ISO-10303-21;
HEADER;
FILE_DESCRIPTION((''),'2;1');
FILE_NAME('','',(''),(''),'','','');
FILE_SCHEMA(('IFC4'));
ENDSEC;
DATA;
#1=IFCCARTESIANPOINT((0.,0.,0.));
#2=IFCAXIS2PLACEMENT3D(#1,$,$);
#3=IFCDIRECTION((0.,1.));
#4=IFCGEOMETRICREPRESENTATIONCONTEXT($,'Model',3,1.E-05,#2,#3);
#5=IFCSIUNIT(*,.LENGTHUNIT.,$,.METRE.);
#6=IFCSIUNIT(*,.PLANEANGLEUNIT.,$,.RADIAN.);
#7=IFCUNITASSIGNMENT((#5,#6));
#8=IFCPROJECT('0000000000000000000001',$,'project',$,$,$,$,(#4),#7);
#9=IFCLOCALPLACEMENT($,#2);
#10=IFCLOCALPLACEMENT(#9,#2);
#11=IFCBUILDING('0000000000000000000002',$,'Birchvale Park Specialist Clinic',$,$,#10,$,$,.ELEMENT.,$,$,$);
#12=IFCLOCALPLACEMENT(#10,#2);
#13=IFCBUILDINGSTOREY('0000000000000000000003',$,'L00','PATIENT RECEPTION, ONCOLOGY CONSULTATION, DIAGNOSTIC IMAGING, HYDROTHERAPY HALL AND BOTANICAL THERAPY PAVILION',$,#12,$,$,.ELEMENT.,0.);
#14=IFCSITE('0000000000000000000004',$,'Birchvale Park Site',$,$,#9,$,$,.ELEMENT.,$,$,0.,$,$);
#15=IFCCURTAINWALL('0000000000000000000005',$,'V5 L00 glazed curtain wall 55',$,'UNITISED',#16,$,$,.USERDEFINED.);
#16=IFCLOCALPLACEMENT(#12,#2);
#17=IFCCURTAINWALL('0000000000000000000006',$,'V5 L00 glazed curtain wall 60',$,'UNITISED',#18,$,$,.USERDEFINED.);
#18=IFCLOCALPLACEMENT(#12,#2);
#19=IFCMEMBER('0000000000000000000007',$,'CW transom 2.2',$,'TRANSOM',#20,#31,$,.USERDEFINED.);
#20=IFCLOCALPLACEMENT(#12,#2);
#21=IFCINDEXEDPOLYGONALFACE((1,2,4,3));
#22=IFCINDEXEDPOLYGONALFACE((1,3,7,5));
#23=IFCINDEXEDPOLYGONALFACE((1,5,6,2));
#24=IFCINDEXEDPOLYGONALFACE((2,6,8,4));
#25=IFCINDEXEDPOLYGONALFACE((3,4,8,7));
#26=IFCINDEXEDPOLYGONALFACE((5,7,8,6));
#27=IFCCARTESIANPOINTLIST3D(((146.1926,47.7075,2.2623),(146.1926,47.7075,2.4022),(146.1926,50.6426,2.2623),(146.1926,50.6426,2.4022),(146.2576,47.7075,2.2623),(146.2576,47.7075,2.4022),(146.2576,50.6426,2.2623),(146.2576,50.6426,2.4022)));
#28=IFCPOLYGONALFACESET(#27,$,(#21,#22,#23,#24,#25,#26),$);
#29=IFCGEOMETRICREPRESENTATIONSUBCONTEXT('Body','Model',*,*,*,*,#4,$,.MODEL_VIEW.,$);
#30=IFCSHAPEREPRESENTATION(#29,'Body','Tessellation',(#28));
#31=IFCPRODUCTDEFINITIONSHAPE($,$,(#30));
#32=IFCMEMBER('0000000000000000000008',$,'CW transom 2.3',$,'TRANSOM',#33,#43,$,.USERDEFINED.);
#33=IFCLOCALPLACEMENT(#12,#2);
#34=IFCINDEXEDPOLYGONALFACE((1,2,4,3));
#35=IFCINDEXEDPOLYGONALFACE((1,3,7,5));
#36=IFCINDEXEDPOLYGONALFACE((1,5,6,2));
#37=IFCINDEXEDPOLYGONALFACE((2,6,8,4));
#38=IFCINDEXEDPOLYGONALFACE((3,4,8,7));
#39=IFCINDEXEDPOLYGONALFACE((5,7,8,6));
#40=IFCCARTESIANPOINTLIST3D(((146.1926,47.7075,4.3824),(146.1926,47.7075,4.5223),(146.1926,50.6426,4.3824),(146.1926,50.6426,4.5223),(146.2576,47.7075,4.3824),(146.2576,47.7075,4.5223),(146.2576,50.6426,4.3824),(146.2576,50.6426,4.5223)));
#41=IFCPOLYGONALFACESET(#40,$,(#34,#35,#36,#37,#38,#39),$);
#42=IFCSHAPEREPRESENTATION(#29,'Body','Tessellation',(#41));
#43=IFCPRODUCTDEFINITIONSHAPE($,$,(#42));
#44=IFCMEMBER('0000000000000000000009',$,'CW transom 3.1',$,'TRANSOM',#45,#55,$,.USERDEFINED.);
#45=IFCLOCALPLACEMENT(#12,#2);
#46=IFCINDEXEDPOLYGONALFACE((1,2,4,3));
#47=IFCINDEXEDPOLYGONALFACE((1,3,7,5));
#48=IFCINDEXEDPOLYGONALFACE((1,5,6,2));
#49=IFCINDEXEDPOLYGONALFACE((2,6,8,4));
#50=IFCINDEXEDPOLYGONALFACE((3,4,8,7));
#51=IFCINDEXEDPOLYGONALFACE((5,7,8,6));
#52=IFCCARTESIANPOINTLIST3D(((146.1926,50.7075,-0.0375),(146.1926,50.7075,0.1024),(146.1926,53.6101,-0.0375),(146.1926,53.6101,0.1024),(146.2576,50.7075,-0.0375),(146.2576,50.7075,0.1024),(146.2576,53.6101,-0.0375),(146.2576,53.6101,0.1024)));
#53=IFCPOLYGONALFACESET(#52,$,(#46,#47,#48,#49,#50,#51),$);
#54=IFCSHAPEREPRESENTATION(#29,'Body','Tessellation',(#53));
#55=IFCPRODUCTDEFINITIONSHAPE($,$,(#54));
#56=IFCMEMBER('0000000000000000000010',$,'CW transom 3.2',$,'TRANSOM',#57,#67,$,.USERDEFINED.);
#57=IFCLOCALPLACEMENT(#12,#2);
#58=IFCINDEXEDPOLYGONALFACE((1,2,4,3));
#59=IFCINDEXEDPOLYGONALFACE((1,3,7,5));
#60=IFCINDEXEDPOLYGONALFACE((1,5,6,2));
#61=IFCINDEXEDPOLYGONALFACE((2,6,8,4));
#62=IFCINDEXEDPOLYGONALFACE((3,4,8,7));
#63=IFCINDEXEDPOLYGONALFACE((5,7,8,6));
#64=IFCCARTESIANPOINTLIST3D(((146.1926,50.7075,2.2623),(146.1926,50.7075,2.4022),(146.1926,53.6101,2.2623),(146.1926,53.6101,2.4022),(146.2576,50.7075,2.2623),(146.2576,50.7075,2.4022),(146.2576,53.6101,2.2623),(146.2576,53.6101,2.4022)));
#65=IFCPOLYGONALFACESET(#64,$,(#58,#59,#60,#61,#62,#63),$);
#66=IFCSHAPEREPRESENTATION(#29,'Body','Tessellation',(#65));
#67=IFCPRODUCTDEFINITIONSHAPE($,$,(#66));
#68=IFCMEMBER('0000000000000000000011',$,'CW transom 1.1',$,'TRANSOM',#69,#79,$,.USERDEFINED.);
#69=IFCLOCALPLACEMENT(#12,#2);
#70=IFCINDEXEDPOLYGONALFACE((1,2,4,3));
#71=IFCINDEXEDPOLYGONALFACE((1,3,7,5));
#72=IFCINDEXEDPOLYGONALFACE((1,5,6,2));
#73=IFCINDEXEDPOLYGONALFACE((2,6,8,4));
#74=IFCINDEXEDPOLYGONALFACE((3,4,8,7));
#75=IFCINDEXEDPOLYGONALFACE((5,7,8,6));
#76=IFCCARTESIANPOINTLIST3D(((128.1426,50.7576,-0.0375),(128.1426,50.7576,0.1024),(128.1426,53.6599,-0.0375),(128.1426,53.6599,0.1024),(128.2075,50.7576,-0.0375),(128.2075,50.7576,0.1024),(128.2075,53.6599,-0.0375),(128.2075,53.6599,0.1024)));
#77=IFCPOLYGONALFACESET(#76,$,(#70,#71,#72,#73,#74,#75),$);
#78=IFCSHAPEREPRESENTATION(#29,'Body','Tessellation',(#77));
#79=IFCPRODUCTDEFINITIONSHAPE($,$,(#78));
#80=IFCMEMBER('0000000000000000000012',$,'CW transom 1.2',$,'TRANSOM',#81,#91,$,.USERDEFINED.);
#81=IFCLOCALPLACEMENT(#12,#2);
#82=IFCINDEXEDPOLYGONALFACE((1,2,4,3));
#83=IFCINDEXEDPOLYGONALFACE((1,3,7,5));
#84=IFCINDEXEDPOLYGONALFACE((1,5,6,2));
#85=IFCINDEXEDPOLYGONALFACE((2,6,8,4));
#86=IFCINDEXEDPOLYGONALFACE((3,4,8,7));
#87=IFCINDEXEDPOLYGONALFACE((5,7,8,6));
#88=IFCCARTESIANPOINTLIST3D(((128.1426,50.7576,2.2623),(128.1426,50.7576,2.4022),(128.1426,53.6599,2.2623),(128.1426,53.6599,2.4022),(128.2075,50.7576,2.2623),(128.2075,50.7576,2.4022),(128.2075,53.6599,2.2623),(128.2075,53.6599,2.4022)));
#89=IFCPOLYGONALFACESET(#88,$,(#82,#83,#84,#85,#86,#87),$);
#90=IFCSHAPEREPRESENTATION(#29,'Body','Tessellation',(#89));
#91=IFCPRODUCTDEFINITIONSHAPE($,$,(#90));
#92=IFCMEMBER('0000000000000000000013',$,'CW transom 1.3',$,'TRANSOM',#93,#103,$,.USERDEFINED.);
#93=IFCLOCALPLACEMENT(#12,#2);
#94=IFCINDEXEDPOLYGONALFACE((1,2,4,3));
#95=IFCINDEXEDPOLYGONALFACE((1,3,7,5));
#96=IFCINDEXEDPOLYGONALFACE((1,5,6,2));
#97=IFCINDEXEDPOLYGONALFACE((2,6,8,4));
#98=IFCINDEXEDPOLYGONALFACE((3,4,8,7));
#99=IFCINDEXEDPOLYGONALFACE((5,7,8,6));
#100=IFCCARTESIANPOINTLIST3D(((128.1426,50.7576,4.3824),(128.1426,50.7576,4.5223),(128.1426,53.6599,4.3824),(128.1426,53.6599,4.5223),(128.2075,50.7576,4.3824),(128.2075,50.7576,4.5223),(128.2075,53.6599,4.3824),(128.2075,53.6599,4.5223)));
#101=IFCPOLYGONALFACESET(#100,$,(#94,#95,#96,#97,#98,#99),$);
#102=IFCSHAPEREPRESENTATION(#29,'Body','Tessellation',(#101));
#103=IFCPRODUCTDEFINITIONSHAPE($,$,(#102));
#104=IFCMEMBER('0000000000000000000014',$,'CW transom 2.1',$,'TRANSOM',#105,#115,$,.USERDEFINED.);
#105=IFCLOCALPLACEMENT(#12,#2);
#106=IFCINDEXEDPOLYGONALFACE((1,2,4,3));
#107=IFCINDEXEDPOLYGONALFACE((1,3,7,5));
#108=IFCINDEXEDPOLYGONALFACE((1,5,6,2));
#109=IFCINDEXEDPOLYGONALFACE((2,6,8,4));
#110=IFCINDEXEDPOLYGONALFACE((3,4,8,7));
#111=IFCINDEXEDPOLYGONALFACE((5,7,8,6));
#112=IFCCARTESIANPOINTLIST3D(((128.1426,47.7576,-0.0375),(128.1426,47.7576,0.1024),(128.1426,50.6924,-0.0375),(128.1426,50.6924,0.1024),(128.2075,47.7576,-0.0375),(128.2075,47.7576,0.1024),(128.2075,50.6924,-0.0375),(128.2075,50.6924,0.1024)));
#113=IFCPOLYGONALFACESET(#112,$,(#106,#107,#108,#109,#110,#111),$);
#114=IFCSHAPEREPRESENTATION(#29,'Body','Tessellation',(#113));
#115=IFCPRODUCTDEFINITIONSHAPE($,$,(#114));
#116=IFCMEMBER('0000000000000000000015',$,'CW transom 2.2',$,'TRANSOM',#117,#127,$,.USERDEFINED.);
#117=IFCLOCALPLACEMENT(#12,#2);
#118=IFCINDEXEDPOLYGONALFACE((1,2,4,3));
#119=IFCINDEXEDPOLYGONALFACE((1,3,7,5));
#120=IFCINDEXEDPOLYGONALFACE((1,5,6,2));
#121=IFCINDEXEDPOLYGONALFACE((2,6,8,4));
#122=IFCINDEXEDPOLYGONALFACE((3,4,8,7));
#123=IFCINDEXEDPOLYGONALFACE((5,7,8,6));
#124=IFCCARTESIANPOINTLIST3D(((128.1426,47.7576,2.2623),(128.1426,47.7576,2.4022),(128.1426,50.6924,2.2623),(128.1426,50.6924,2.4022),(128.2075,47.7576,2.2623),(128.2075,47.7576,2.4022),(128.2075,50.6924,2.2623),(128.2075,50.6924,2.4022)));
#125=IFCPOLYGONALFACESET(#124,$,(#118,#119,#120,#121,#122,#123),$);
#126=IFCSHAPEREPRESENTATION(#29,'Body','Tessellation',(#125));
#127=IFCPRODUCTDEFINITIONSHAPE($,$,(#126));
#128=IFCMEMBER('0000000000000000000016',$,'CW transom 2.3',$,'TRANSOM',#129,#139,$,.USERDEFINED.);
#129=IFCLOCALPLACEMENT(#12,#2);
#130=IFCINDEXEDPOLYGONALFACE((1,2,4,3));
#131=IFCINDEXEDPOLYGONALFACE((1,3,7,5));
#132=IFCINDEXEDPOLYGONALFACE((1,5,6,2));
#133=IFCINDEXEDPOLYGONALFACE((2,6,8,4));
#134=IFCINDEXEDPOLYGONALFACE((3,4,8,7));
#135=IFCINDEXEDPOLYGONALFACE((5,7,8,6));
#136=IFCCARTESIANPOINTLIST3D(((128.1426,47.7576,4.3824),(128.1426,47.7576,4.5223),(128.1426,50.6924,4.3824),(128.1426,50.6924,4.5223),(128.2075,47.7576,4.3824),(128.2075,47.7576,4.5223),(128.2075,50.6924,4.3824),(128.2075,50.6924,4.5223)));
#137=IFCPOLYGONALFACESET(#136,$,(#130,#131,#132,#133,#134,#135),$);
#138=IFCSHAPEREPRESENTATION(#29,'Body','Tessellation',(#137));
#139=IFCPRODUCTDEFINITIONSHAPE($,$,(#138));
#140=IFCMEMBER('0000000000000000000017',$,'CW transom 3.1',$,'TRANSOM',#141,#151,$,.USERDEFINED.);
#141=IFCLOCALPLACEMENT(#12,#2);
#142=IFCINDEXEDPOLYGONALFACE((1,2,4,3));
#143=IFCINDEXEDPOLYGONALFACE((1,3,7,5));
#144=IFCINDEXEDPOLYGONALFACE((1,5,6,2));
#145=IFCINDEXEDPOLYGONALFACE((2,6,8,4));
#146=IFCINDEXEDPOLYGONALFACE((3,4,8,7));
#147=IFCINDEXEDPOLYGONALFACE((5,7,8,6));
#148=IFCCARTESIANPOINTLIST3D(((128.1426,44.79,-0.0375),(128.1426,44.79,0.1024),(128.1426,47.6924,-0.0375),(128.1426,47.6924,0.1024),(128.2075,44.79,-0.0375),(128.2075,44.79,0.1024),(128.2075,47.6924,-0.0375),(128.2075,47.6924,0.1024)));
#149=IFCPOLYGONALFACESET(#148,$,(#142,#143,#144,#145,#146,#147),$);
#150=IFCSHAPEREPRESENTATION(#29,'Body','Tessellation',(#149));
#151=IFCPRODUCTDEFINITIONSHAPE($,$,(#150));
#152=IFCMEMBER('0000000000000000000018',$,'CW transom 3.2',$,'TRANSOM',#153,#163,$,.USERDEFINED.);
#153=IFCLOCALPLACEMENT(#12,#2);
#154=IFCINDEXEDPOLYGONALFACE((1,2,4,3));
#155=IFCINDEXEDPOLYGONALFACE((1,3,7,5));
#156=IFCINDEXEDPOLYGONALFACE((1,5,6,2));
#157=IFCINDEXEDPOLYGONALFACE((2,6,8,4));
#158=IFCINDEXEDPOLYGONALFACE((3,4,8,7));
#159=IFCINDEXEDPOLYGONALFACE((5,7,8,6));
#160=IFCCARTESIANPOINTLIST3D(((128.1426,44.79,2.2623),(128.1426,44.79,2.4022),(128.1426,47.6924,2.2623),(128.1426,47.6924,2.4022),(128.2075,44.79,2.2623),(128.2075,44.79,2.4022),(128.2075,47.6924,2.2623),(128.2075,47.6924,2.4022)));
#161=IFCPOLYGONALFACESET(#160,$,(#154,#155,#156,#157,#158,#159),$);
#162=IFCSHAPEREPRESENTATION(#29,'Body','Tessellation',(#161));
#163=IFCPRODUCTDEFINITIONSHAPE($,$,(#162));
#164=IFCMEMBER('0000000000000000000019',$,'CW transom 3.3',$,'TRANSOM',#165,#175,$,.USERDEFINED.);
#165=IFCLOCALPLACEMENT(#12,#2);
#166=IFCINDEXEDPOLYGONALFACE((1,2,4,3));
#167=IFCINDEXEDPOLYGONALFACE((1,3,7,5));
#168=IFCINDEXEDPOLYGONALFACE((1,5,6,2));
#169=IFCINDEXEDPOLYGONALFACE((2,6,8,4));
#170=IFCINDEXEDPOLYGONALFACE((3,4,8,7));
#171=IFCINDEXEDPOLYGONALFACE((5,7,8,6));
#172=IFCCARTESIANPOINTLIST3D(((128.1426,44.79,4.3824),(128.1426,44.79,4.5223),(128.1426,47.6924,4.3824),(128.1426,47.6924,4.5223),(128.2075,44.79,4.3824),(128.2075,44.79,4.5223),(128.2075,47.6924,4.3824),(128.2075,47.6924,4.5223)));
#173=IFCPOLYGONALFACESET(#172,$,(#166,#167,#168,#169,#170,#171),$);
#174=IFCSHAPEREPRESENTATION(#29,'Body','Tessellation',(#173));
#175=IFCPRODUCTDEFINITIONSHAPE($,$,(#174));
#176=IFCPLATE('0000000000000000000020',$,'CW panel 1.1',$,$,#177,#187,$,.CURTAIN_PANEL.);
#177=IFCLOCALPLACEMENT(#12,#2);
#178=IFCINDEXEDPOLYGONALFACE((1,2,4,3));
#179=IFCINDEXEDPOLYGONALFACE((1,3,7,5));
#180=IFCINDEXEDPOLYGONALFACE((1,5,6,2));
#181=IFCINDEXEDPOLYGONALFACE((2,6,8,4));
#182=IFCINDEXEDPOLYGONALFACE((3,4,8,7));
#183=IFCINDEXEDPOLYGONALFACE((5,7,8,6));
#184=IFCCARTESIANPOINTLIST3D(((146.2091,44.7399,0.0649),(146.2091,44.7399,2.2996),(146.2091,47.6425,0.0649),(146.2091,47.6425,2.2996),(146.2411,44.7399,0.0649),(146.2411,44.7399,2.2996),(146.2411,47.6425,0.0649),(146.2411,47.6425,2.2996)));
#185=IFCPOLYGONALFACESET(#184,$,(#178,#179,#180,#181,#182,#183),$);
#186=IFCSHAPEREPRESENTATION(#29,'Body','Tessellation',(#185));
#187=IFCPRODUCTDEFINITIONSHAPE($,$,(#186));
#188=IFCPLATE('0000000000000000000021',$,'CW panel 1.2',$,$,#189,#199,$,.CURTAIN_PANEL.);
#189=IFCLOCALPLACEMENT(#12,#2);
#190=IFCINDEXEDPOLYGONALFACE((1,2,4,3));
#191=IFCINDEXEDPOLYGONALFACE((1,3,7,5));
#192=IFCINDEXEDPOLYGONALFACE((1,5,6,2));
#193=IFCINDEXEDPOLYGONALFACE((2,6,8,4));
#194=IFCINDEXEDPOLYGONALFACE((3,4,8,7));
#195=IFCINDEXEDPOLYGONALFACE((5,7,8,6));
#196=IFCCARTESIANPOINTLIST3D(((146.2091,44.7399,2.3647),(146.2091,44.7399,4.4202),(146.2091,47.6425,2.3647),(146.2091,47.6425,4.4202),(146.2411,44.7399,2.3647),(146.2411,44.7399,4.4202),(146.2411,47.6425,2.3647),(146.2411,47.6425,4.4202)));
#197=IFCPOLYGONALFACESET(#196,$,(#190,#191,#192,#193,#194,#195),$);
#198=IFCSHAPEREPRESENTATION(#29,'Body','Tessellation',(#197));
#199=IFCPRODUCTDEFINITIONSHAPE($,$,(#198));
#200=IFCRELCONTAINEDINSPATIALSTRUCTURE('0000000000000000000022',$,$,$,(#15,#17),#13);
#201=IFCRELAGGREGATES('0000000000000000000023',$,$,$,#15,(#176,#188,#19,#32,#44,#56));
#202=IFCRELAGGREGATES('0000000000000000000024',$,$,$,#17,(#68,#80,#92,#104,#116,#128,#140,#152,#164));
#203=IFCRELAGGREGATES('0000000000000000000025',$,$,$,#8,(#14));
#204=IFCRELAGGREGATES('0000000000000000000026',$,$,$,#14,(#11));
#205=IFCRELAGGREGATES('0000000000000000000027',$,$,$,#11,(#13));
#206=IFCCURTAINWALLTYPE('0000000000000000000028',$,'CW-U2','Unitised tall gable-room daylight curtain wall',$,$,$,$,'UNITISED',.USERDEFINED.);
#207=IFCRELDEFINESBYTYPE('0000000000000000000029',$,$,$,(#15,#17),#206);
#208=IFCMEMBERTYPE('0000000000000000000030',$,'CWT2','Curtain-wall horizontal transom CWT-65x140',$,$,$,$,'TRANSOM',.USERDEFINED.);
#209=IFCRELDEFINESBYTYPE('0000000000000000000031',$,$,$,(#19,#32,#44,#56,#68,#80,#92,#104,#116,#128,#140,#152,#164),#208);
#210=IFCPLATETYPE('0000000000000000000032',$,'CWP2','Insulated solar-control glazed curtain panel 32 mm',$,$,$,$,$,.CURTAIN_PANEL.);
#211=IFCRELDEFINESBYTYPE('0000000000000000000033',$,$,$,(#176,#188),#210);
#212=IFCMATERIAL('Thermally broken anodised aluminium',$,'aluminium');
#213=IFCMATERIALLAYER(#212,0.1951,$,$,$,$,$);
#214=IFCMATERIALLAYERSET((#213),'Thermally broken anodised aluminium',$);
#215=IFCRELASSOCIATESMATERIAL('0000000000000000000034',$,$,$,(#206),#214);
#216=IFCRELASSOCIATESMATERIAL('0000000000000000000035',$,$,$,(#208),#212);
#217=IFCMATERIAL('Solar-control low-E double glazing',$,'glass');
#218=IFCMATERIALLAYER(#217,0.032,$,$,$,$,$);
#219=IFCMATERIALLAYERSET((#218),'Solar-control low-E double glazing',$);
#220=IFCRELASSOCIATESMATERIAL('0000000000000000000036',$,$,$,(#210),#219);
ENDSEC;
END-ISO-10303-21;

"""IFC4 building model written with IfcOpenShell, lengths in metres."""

from ifc_helpers import new_model, si_unit, direction, frame, origin, origin_2d, place, context, subcontext, project, spatial, rectangle, extrude, material, layer, layer_set, material_profile, profile_set, type_object, element, aggregate, save


model = new_model("IFC4")

# Units and contexts
model_context = context("Model", 3, precision=1e-05, world=origin(), true_north=direction((0.0, 1.0)))
body_context = subcontext(model_context, "Body", "Model", "MODEL_VIEW")
ifc_project = project(units=[si_unit("LENGTHUNIT", "METRE"), si_unit("PLANEANGLEUNIT", "RADIAN")], contexts=[model_context])

# Site, building, storey
site_placement = place(None, origin())
site = spatial("IfcSite", under=ifc_project, at=site_placement, Name="Birchvale Park Site", CompositionType="ELEMENT", RefElevation=0.0)
building_placement = place(site_placement, origin())
building = spatial("IfcBuilding", under=site, at=building_placement, Name="Birchvale Park Specialist Clinic", CompositionType="ELEMENT")
storey_placement = place(building_placement, origin())
storey = spatial("IfcBuildingStorey", under=building, at=storey_placement, Name="L00", Description="PATIENT RECEPTION, ONCOLOGY CONSULTATION, DIAGNOSTIC IMAGING, HYDROTHERAPY HALL AND BOTANICAL THERAPY PAVILION", CompositionType="ELEMENT", Elevation=0.0)

# Curtain walls
ifc_material_1 = material(Name="Thermally broken anodised aluminium", Category="aluminium")
ifc_layer_1 = layer(ifc_material_1, 0.1951)
ifc_layer_set_1 = layer_set([ifc_layer_1], Name="Thermally broken anodised aluminium")
curtain_wall_type = type_object("IfcCurtainWallType", Name="CW-U2", Description="Unitised tall gable-room daylight curtain wall", ElementType="UNITISED", PredefinedType="USERDEFINED", material=ifc_layer_set_1)
curtain_wall_1_placement = place(storey_placement, origin())
curtain_wall_1 = element("IfcCurtainWall", 1, at=curtain_wall_1_placement, inside=storey, type_object=curtain_wall_type, Name="V5 L00 glazed curtain wall 55", ObjectType="UNITISED", PredefinedType="USERDEFINED")
curtain_wall_2_placement = place(storey_placement, origin())
curtain_wall_2 = element("IfcCurtainWall", 2, at=curtain_wall_2_placement, inside=storey, type_object=curtain_wall_type, Name="V5 L00 glazed curtain wall 60", ObjectType="UNITISED", PredefinedType="USERDEFINED")

# Members
ifc_material_profile_1 = material_profile(ifc_material_1, rectangle(XDim=0.0649, YDim=0.1399, at=origin_2d()), Name="CWT-65x140")
ifc_profile_set_1 = profile_set([ifc_material_profile_1], Name="Thermally broken anodised aluminium")
member_type_1 = type_object("IfcMemberType", Name="CWT2", Description="Curtain-wall horizontal transom CWT-65x140", ElementType="TRANSOM", PredefinedType="USERDEFINED", material=ifc_profile_set_1)
member_1_placement = place(storey_placement, frame((146.2251, 47.7075, 2.3323), z_axis=(0.0, 1.0, 0.0), x_axis=(-1.0, 0.0, 0.0)))
member_1 = element("IfcMember", 3, at=member_1_placement, type_object=member_type_1, Name="CW transom 2.2", ObjectType="TRANSOM", PredefinedType="USERDEFINED", context=body_context, shape_type="SweptSolid", body=[
    extrude(rectangle(XDim=0.0649, YDim=0.1399, at=origin_2d()), origin(), (0.0, 0.0, 1.0), 2.9351),
])
member_2_placement = place(storey_placement, frame((146.2251, 47.7075, 4.4524), z_axis=(0.0, 1.0, 0.0), x_axis=(-1.0, 0.0, 0.0)))
member_2 = element("IfcMember", 4, at=member_2_placement, type_object=member_type_1, Name="CW transom 2.3", ObjectType="TRANSOM", PredefinedType="USERDEFINED", context=body_context, shape_type="SweptSolid", body=[
    extrude(rectangle(XDim=0.0649, YDim=0.1399, at=origin_2d()), origin(), (0.0, 0.0, 1.0), 2.9351),
])
member_3_placement = place(storey_placement, frame((146.2251, 50.7075, 0.0325), z_axis=(0.0, 1.0, 0.0), x_axis=(-1.0, 0.0, 0.0)))
member_3 = element("IfcMember", 5, at=member_3_placement, type_object=member_type_1, Name="CW transom 3.1", ObjectType="TRANSOM", PredefinedType="USERDEFINED", context=body_context, shape_type="SweptSolid", body=[
    extrude(rectangle(XDim=0.0649, YDim=0.1399, at=origin_2d()), origin(), (0.0, 0.0, 1.0), 2.9026),
])
member_4_placement = place(storey_placement, frame((146.2251, 50.7075, 2.3323), z_axis=(0.0, 1.0, 0.0), x_axis=(-1.0, 0.0, 0.0)))
member_4 = element("IfcMember", 6, at=member_4_placement, type_object=member_type_1, Name="CW transom 3.2", ObjectType="TRANSOM", PredefinedType="USERDEFINED", context=body_context, shape_type="SweptSolid", body=[
    extrude(rectangle(XDim=0.0649, YDim=0.1399, at=origin_2d()), origin(), (0.0, 0.0, 1.0), 2.9026),
])
member_5_placement = place(storey_placement, frame((128.175, 53.6599, 0.0325), z_axis=(0.0, -1.0, 0.0), x_axis=(1.0, 0.0, 0.0)))
member_5 = element("IfcMember", 7, at=member_5_placement, type_object=member_type_1, Name="CW transom 1.1", ObjectType="TRANSOM", PredefinedType="USERDEFINED", context=body_context, shape_type="SweptSolid", body=[
    extrude(rectangle(XDim=0.0649, YDim=0.1399, at=origin_2d()), origin(), (0.0, 0.0, 1.0), 2.9023),
])
member_6_placement = place(storey_placement, frame((128.175, 53.6599, 2.3323), z_axis=(0.0, -1.0, 0.0), x_axis=(1.0, 0.0, 0.0)))
member_6 = element("IfcMember", 8, at=member_6_placement, type_object=member_type_1, Name="CW transom 1.2", ObjectType="TRANSOM", PredefinedType="USERDEFINED", context=body_context, shape_type="SweptSolid", body=[
    extrude(rectangle(XDim=0.0649, YDim=0.1399, at=origin_2d()), origin(), (0.0, 0.0, 1.0), 2.9023),
])
member_7_placement = place(storey_placement, frame((128.175, 53.6599, 4.4524), z_axis=(0.0, -1.0, 0.0), x_axis=(1.0, 0.0, 0.0)))
member_7 = element("IfcMember", 9, at=member_7_placement, type_object=member_type_1, Name="CW transom 1.3", ObjectType="TRANSOM", PredefinedType="USERDEFINED", context=body_context, shape_type="SweptSolid", body=[
    extrude(rectangle(XDim=0.0649, YDim=0.1399, at=origin_2d()), origin(), (0.0, 0.0, 1.0), 2.9023),
])
member_8_placement = place(storey_placement, frame((128.175, 50.6924, 0.0325), z_axis=(0.0, -1.0, 0.0), x_axis=(1.0, 0.0, 0.0)))
member_8 = element("IfcMember", 10, at=member_8_placement, type_object=member_type_1, Name="CW transom 2.1", ObjectType="TRANSOM", PredefinedType="USERDEFINED", context=body_context, shape_type="SweptSolid", body=[
    extrude(rectangle(XDim=0.0649, YDim=0.1399, at=origin_2d()), origin(), (0.0, 0.0, 1.0), 2.9348),
])
member_9_placement = place(storey_placement, frame((128.175, 50.6924, 2.3323), z_axis=(0.0, -1.0, 0.0), x_axis=(1.0, 0.0, 0.0)))
member_9 = element("IfcMember", 11, at=member_9_placement, type_object=member_type_1, Name="CW transom 2.2", ObjectType="TRANSOM", PredefinedType="USERDEFINED", context=body_context, shape_type="SweptSolid", body=[
    extrude(rectangle(XDim=0.0649, YDim=0.1399, at=origin_2d()), origin(), (0.0, 0.0, 1.0), 2.9348),
])
member_10_placement = place(storey_placement, frame((128.175, 50.6924, 4.4524), z_axis=(0.0, -1.0, 0.0), x_axis=(1.0, 0.0, 0.0)))
member_10 = element("IfcMember", 12, at=member_10_placement, type_object=member_type_1, Name="CW transom 2.3", ObjectType="TRANSOM", PredefinedType="USERDEFINED", context=body_context, shape_type="SweptSolid", body=[
    extrude(rectangle(XDim=0.0649, YDim=0.1399, at=origin_2d()), origin(), (0.0, 0.0, 1.0), 2.9348),
])
member_11_placement = place(storey_placement, frame((128.175, 47.6924, 0.0325), z_axis=(0.0, -1.0, 0.0), x_axis=(1.0, 0.0, 0.0)))
member_11 = element("IfcMember", 13, at=member_11_placement, type_object=member_type_1, Name="CW transom 3.1", ObjectType="TRANSOM", PredefinedType="USERDEFINED", context=body_context, shape_type="SweptSolid", body=[
    extrude(rectangle(XDim=0.0649, YDim=0.1399, at=origin_2d()), origin(), (0.0, 0.0, 1.0), 2.9023),
])
member_12_placement = place(storey_placement, frame((128.175, 47.6924, 2.3323), z_axis=(0.0, -1.0, 0.0), x_axis=(1.0, 0.0, 0.0)))
member_12 = element("IfcMember", 14, at=member_12_placement, type_object=member_type_1, Name="CW transom 3.2", ObjectType="TRANSOM", PredefinedType="USERDEFINED", context=body_context, shape_type="SweptSolid", body=[
    extrude(rectangle(XDim=0.0649, YDim=0.1399, at=origin_2d()), origin(), (0.0, 0.0, 1.0), 2.9023),
])
member_13_placement = place(storey_placement, frame((128.175, 47.6924, 4.4524), z_axis=(0.0, -1.0, 0.0), x_axis=(1.0, 0.0, 0.0)))
member_13 = element("IfcMember", 15, at=member_13_placement, type_object=member_type_1, Name="CW transom 3.3", ObjectType="TRANSOM", PredefinedType="USERDEFINED", context=body_context, shape_type="SweptSolid", body=[
    extrude(rectangle(XDim=0.0649, YDim=0.1399, at=origin_2d()), origin(), (0.0, 0.0, 1.0), 2.9023),
])

# Plates
ifc_material_2 = material(Name="Solar-control low-E double glazing", Category="glass")
ifc_layer_2 = layer(ifc_material_2, 0.032)
ifc_layer_set_2 = layer_set([ifc_layer_2], Name="Solar-control low-E double glazing")
plate_type = type_object("IfcPlateType", Name="CWP2", Description="Insulated solar-control glazed curtain panel 32 mm", PredefinedType="CURTAIN_PANEL", material=ifc_layer_set_2)
plate_1_placement = place(storey_placement, frame((146.2251, 46.1912, 0.0649), z_axis=(0.0, 0.0, 1.0), x_axis=(0.0, 1.0, 0.0)))
plate_1 = element("IfcPlate", 16, at=plate_1_placement, type_object=plate_type, Name="CW panel 1.1", PredefinedType="CURTAIN_PANEL", context=body_context, shape_type="SweptSolid", body=[
    extrude(rectangle(XDim=2.9026, YDim=0.032, at=origin_2d()), origin(), (0.0, 0.0, 1.0), 2.2346),
])
plate_2_placement = place(storey_placement, frame((146.2251, 46.1912, 2.3647), z_axis=(0.0, 0.0, 1.0), x_axis=(0.0, 1.0, 0.0)))
plate_2 = element("IfcPlate", 17, at=plate_2_placement, type_object=plate_type, Name="CW panel 1.2", PredefinedType="CURTAIN_PANEL", context=body_context, shape_type="SweptSolid", body=[
    extrude(rectangle(XDim=2.9026, YDim=0.032, at=origin_2d()), origin(), (0.0, 0.0, 1.0), 2.0554),
])
aggregate(curtain_wall_1, [plate_1, plate_2, member_1, member_2, member_3, member_4])
aggregate(curtain_wall_2, [member_5, member_6, member_7, member_8, member_9, member_10, member_11, member_12, member_13])

save(model, "model.ifc")
